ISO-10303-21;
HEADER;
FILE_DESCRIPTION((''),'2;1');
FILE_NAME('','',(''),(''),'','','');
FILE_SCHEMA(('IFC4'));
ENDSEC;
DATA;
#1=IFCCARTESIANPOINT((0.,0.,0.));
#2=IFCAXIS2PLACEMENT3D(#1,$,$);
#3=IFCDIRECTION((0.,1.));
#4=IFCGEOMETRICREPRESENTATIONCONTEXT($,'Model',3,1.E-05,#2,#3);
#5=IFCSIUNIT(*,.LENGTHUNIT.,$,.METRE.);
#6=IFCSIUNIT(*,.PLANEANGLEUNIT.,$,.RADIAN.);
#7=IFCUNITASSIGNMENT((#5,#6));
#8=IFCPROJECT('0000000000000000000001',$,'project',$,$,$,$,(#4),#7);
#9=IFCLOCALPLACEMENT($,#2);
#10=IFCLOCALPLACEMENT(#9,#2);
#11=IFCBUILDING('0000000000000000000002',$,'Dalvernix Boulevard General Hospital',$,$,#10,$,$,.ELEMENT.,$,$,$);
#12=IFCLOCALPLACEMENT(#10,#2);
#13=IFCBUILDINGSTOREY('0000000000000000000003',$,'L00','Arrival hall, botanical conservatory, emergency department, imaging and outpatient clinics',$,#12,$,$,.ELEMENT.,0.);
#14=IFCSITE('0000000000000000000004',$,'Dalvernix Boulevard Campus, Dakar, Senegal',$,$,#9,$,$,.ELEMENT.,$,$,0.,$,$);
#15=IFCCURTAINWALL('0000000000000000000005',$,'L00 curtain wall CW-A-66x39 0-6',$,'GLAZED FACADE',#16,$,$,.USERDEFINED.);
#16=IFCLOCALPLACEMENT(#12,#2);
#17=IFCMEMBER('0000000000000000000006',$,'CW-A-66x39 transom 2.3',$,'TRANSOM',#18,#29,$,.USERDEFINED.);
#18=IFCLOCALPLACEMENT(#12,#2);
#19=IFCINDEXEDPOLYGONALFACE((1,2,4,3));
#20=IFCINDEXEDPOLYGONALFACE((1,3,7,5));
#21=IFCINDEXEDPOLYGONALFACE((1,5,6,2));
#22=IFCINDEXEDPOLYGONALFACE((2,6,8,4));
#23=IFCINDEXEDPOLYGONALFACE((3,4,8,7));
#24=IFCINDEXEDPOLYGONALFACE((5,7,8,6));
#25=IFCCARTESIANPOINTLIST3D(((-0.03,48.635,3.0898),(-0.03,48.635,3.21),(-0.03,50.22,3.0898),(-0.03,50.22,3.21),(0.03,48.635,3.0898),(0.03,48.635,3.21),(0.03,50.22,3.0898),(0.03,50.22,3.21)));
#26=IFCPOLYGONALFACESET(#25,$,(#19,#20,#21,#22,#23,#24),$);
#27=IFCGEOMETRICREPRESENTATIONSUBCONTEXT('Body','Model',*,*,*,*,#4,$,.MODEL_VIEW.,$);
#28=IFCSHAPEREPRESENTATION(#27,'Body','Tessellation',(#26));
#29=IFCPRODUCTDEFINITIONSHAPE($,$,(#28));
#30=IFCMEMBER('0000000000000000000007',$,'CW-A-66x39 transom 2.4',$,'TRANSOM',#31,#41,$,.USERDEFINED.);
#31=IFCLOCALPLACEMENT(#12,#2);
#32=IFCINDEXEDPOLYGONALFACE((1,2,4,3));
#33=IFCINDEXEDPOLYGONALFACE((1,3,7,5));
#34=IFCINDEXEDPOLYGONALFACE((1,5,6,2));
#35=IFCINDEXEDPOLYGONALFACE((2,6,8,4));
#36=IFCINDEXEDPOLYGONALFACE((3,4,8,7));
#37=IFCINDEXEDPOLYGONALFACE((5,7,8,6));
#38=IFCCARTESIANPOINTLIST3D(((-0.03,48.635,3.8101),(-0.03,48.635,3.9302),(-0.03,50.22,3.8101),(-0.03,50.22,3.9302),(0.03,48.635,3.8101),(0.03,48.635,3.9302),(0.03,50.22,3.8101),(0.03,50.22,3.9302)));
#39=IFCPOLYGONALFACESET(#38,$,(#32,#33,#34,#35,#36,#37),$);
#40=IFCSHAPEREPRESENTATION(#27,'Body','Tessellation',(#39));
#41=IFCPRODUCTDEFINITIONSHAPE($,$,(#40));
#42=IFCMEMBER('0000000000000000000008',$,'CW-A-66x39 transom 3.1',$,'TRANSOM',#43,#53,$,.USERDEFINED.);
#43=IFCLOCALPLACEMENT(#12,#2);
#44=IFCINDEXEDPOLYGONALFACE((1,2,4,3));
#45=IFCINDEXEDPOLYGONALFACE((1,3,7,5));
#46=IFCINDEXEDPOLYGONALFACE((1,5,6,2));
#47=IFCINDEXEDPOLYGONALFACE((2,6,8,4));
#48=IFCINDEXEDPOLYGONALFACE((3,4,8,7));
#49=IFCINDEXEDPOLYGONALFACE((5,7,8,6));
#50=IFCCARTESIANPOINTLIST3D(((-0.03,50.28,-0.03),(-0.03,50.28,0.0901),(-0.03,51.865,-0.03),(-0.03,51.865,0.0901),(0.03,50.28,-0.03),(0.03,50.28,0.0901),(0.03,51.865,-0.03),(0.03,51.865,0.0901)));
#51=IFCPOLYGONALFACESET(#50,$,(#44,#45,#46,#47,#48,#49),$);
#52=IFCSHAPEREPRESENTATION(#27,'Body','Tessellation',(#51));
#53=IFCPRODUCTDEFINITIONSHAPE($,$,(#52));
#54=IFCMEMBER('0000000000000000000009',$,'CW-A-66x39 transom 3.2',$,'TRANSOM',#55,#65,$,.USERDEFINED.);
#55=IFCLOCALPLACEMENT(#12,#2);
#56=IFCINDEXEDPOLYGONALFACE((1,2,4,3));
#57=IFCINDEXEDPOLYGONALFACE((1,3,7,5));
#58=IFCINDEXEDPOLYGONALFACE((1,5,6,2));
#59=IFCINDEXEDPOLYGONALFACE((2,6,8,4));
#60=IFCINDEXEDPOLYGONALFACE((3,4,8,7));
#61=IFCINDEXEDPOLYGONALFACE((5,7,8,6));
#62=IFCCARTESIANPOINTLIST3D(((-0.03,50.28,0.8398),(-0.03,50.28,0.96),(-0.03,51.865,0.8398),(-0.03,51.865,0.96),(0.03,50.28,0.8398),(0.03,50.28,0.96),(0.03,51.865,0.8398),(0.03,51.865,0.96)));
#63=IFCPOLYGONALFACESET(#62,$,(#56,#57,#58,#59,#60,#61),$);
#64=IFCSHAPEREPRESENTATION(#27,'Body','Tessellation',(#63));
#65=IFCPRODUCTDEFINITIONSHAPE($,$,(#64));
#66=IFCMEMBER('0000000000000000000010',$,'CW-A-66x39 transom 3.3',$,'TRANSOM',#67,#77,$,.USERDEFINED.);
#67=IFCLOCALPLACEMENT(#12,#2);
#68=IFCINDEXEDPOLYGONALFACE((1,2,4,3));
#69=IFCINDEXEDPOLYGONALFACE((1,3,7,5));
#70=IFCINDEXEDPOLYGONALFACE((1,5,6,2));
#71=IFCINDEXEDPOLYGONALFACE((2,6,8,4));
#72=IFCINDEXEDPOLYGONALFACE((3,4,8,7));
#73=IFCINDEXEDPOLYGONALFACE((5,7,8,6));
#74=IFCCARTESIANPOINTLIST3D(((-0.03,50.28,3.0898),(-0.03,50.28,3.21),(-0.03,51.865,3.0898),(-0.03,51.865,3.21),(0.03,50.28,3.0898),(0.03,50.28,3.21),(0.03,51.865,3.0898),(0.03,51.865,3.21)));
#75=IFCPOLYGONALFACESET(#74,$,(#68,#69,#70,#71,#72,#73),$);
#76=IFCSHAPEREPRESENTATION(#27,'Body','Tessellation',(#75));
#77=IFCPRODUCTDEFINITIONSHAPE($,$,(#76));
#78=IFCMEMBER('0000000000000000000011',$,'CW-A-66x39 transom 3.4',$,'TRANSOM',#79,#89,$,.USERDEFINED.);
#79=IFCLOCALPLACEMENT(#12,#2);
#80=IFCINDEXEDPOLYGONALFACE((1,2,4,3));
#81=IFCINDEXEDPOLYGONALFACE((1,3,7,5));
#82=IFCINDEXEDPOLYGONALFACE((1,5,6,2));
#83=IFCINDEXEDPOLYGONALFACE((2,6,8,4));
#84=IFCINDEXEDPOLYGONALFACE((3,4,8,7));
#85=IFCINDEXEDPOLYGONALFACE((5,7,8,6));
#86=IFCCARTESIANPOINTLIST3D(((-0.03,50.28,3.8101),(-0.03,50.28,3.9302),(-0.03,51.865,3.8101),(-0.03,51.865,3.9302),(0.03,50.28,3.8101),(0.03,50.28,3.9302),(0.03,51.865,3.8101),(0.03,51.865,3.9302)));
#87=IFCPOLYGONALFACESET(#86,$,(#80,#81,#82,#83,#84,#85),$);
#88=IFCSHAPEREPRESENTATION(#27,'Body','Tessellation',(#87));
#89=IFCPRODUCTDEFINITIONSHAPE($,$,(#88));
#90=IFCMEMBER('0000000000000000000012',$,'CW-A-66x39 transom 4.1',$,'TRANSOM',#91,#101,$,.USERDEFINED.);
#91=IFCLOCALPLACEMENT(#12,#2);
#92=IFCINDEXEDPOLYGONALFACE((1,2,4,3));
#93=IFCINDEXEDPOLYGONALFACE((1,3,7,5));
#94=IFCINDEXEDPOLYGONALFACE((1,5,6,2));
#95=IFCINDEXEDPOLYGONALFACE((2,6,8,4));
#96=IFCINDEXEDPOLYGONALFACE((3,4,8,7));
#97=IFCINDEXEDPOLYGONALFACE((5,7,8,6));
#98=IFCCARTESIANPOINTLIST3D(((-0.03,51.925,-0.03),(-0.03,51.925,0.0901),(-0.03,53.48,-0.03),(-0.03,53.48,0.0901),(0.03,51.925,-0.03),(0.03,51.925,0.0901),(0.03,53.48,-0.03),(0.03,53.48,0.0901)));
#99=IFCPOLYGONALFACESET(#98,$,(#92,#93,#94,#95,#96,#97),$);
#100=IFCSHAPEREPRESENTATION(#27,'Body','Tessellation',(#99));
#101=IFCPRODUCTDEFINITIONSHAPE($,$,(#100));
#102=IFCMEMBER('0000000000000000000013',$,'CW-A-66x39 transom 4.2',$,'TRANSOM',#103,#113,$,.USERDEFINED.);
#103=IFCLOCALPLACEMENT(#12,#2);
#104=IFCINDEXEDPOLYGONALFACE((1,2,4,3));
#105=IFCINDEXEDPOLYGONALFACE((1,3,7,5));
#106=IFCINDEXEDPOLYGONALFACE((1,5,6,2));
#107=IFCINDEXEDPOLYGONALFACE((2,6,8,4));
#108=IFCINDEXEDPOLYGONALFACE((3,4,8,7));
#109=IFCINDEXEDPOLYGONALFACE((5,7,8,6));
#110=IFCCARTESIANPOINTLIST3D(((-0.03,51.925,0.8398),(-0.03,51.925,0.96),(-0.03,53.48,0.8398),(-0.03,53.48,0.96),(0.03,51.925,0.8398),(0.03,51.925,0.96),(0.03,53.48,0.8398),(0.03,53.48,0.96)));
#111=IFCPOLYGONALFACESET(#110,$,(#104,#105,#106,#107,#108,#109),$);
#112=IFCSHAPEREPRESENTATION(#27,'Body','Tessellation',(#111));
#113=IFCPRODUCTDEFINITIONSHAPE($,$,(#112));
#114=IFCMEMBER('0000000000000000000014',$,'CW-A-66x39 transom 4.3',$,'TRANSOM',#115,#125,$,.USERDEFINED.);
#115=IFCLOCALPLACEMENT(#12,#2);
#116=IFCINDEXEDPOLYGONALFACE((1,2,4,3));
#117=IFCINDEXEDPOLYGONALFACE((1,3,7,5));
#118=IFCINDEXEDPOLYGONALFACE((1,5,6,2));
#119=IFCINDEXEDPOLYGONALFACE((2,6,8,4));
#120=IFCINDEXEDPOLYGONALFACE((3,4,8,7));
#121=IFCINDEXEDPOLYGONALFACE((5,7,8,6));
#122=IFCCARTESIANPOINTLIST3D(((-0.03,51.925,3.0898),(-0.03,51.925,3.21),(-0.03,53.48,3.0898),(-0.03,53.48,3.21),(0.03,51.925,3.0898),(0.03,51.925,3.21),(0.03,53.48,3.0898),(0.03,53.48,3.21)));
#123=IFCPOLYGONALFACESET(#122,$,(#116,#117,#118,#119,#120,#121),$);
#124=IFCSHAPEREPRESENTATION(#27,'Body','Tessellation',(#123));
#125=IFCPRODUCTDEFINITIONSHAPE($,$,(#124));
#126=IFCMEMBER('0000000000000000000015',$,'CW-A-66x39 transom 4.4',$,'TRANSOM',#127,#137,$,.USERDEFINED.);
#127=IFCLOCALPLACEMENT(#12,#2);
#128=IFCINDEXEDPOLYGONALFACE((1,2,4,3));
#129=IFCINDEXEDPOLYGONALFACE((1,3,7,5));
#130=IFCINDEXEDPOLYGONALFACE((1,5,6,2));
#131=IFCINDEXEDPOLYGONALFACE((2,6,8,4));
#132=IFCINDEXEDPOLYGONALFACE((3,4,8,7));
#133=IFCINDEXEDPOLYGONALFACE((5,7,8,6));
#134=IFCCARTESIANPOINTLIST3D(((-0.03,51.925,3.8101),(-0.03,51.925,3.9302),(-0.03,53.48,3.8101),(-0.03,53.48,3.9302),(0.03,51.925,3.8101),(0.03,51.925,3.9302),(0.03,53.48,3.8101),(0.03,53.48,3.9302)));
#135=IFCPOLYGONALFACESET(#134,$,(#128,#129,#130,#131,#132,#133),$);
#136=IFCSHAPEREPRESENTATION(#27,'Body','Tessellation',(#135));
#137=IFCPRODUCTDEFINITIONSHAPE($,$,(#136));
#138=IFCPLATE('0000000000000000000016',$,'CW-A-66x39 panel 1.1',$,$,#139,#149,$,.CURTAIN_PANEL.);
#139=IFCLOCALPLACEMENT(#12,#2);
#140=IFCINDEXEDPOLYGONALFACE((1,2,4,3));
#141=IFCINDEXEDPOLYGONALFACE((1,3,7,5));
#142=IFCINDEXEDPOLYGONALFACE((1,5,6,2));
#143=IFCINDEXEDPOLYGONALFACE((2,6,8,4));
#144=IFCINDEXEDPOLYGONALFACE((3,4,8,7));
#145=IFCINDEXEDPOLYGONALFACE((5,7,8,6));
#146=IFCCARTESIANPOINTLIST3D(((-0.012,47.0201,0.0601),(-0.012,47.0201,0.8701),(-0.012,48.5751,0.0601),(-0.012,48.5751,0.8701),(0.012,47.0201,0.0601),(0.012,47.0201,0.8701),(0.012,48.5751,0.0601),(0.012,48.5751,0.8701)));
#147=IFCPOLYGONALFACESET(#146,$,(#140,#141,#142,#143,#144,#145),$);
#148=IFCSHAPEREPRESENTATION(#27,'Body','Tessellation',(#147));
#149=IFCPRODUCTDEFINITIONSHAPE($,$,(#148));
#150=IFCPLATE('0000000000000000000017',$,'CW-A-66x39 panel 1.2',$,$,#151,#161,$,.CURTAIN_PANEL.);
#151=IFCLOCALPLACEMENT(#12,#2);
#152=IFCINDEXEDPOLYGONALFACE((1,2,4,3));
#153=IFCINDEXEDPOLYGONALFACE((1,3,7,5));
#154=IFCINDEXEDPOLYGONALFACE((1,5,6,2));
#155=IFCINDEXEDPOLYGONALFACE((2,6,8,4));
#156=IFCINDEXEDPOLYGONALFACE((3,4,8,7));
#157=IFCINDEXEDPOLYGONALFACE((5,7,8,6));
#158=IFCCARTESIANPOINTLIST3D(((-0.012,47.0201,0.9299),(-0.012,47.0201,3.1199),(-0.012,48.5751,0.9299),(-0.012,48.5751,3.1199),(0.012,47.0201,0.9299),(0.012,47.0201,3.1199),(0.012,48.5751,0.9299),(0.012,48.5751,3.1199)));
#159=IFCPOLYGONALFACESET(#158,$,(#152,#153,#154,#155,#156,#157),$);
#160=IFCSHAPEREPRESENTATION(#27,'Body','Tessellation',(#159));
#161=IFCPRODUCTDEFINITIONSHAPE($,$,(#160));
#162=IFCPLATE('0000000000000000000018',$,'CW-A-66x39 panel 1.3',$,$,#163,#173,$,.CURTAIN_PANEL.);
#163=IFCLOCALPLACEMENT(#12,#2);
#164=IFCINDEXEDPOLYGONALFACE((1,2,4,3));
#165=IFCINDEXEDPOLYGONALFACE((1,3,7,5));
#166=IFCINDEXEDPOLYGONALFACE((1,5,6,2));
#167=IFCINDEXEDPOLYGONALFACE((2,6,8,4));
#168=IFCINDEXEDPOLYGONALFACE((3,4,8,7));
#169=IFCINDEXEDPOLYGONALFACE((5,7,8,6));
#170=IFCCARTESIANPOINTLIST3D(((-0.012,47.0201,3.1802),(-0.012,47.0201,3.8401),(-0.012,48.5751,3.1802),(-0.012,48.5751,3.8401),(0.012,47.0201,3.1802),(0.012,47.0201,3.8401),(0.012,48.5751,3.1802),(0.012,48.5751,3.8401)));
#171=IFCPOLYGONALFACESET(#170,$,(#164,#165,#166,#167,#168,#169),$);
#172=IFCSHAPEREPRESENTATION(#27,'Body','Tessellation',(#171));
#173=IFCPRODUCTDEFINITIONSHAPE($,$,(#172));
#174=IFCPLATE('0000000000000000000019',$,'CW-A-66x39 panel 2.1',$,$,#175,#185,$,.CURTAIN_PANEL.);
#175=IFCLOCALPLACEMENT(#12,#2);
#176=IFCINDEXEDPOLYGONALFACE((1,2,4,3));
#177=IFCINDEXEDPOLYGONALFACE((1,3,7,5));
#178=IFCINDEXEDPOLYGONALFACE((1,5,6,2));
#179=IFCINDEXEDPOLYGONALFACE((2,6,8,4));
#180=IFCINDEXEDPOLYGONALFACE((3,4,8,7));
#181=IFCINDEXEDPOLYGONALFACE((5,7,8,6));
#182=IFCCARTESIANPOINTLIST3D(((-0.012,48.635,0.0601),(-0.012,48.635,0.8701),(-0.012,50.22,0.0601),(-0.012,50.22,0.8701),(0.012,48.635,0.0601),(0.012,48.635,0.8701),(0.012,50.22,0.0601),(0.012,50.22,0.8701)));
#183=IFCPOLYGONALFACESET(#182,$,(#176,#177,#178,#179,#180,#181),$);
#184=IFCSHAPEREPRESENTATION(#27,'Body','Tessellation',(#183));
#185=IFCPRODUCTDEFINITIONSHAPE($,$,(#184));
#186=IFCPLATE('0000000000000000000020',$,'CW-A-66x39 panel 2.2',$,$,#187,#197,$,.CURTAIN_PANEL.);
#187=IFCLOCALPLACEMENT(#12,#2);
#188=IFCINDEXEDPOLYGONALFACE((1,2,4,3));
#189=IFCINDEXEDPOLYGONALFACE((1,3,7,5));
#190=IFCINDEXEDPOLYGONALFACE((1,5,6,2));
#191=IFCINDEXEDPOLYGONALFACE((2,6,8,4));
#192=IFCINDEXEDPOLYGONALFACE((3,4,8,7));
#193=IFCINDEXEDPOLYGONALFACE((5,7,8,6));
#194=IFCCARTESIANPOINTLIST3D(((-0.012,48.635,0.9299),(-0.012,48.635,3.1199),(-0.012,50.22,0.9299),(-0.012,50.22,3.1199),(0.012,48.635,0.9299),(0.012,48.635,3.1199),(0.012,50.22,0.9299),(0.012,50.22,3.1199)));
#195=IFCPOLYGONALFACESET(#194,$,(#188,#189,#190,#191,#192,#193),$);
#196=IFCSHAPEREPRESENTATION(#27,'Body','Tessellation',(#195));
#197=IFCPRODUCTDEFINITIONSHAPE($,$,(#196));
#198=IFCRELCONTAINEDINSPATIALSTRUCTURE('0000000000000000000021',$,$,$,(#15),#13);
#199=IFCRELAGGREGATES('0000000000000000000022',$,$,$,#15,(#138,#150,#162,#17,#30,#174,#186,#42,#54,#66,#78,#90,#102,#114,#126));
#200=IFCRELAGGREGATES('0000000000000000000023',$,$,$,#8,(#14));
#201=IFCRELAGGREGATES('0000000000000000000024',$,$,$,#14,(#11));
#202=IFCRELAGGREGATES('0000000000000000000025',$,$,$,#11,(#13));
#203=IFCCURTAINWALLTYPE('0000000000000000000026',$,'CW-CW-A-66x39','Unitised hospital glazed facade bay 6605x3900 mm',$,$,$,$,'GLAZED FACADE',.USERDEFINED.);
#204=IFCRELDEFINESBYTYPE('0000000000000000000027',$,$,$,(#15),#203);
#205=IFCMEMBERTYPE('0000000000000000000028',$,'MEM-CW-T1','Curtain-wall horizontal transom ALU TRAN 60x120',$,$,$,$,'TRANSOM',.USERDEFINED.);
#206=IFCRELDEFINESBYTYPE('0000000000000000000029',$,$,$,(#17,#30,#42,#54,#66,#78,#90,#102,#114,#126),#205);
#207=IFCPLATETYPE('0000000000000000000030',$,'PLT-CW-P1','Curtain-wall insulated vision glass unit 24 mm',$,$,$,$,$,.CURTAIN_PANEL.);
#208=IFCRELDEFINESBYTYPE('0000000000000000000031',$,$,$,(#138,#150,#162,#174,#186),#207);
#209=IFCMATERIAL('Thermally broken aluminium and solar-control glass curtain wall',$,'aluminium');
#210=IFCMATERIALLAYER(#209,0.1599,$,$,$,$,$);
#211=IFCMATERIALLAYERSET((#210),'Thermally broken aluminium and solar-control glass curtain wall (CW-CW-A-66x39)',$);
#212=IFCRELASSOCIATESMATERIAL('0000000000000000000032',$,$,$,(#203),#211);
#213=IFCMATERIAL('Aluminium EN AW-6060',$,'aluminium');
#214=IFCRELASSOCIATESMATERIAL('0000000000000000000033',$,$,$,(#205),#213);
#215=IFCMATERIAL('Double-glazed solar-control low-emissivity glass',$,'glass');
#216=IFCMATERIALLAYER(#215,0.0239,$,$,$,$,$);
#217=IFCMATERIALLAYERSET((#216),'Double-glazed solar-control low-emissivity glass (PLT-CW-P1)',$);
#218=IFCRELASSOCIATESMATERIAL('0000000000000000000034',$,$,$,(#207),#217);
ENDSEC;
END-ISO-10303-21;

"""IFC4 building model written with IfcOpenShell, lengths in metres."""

from ifc_helpers import new_model, si_unit, direction, frame, origin, origin_2d, place, context, subcontext, project, spatial, rectangle, extrude, material, layer, layer_set, material_profile, profile_set, type_object, element, aggregate, save


model = new_model("IFC4")

# Units and contexts
model_context = context("Model", 3, precision=1e-05, world=origin(), true_north=direction((0.0, 1.0)))
body_context = subcontext(model_context, "Body", "Model", "MODEL_VIEW")
ifc_project = project(units=[si_unit("LENGTHUNIT", "METRE"), si_unit("PLANEANGLEUNIT", "RADIAN")], contexts=[model_context])

# Site, building, storey
site_placement = place(None, origin())
site = spatial("IfcSite", under=ifc_project, at=site_placement, Name="Dalvernix Boulevard Campus, Dakar, Senegal", CompositionType="ELEMENT", RefElevation=0.0)
building_placement = place(site_placement, origin())
building = spatial("IfcBuilding", under=site, at=building_placement, Name="Dalvernix Boulevard General Hospital", CompositionType="ELEMENT")
storey_placement = place(building_placement, origin())
storey = spatial("IfcBuildingStorey", under=building, at=storey_placement, Name="L00", Description="Arrival hall, botanical conservatory, emergency department, imaging and outpatient clinics", CompositionType="ELEMENT", Elevation=0.0)

# Curtain wall, members, plates
ifc_material_1 = material(Name="Thermally broken aluminium and solar-control glass curtain wall", Category="aluminium")
ifc_layer_1 = layer(ifc_material_1, 0.1599)
ifc_layer_set_1 = layer_set([ifc_layer_1], Name="Thermally broken aluminium and solar-control glass curtain wall (CW-CW-A-66x39)")
curtain_wall_type = type_object("IfcCurtainWallType", Name="CW-CW-A-66x39", Description="Unitised hospital glazed facade bay 6605x3900 mm", ElementType="GLAZED FACADE", PredefinedType="USERDEFINED", material=ifc_layer_set_1)
curtain_wall_placement = place(storey_placement, origin())
curtain_wall = element("IfcCurtainWall", 1, at=curtain_wall_placement, inside=storey, type_object=curtain_wall_type, Name="L00 curtain wall CW-A-66x39 0-6", ObjectType="GLAZED FACADE", PredefinedType="USERDEFINED")
ifc_material_2 = material(Name="Aluminium EN AW-6060", Category="aluminium")
ifc_material_profile_1 = material_profile(ifc_material_2, rectangle(XDim=0.0601, YDim=0.1201, at=origin_2d()), Name="ALU TRAN 60x120")
ifc_profile_set_1 = profile_set([ifc_material_profile_1], Name="Aluminium EN AW-6060")
member_type_1 = type_object("IfcMemberType", Name="MEM-CW-T1", Description="Curtain-wall horizontal transom ALU TRAN 60x120", ElementType="TRANSOM", PredefinedType="USERDEFINED", material=ifc_profile_set_1)
member_1_placement = place(storey_placement, frame((0.0, 48.635, 3.1499), z_axis=(0.0, 1.0, 0.0), x_axis=(-1.0, 0.0, 0.0)))
member_1 = element("IfcMember", 2, at=member_1_placement, type_object=member_type_1, Name="CW-A-66x39 transom 2.3", ObjectType="TRANSOM", PredefinedType="USERDEFINED", context=body_context, shape_type="SweptSolid", body=[
    extrude(rectangle(XDim=0.0601, YDim=0.1201, at=origin_2d()), origin(), (0.0, 0.0, 1.0), 1.585),
])
member_2_placement = place(storey_placement, frame((0.0, 48.635, 3.8701), z_axis=(0.0, 1.0, 0.0), x_axis=(-1.0, 0.0, 0.0)))
member_2 = element("IfcMember", 3, at=member_2_placement, type_object=member_type_1, Name="CW-A-66x39 transom 2.4", ObjectType="TRANSOM", PredefinedType="USERDEFINED", context=body_context, shape_type="SweptSolid", body=[
    extrude(rectangle(XDim=0.0601, YDim=0.1201, at=origin_2d()), origin(), (0.0, 0.0, 1.0), 1.585),
])
member_3_placement = place(storey_placement, frame((0.0, 50.28, 0.03), z_axis=(0.0, 1.0, 0.0), x_axis=(-1.0, 0.0, 0.0)))
member_3 = element("IfcMember", 4, at=member_3_placement, type_object=member_type_1, Name="CW-A-66x39 transom 3.1", ObjectType="TRANSOM", PredefinedType="USERDEFINED", context=body_context, shape_type="SweptSolid", body=[
    extrude(rectangle(XDim=0.0601, YDim=0.1201, at=origin_2d()), origin(), (0.0, 0.0, 1.0), 1.585),
])
member_4_placement = place(storey_placement, frame((0.0, 50.28, 0.8999), z_axis=(0.0, 1.0, 0.0), x_axis=(-1.0, 0.0, 0.0)))
member_4 = element("IfcMember", 5, at=member_4_placement, type_object=member_type_1, Name="CW-A-66x39 transom 3.2", ObjectType="TRANSOM", PredefinedType="USERDEFINED", context=body_context, shape_type="SweptSolid", body=[
    extrude(rectangle(XDim=0.0601, YDim=0.1201, at=origin_2d()), origin(), (0.0, 0.0, 1.0), 1.585),
])
member_5_placement = place(storey_placement, frame((0.0, 50.28, 3.1499), z_axis=(0.0, 1.0, 0.0), x_axis=(-1.0, 0.0, 0.0)))
member_5 = element("IfcMember", 6, at=member_5_placement, type_object=member_type_1, Name="CW-A-66x39 transom 3.3", ObjectType="TRANSOM", PredefinedType="USERDEFINED", context=body_context, shape_type="SweptSolid", body=[
    extrude(rectangle(XDim=0.0601, YDim=0.1201, at=origin_2d()), origin(), (0.0, 0.0, 1.0), 1.585),
])
member_6_placement = place(storey_placement, frame((0.0, 50.28, 3.8701), z_axis=(0.0, 1.0, 0.0), x_axis=(-1.0, 0.0, 0.0)))
member_6 = element("IfcMember", 7, at=member_6_placement, type_object=member_type_1, Name="CW-A-66x39 transom 3.4", ObjectType="TRANSOM", PredefinedType="USERDEFINED", context=body_context, shape_type="SweptSolid", body=[
    extrude(rectangle(XDim=0.0601, YDim=0.1201, at=origin_2d()), origin(), (0.0, 0.0, 1.0), 1.585),
])
member_7_placement = place(storey_placement, frame((0.0, 51.925, 0.03), z_axis=(0.0, 1.0, 0.0), x_axis=(-1.0, 0.0, 0.0)))
member_7 = element("IfcMember", 8, at=member_7_placement, type_object=member_type_1, Name="CW-A-66x39 transom 4.1", ObjectType="TRANSOM", PredefinedType="USERDEFINED", context=body_context, shape_type="SweptSolid", body=[
    extrude(rectangle(XDim=0.0601, YDim=0.1201, at=origin_2d()), origin(), (0.0, 0.0, 1.0), 1.5549),
])
member_8_placement = place(storey_placement, frame((0.0, 51.925, 0.8999), z_axis=(0.0, 1.0, 0.0), x_axis=(-1.0, 0.0, 0.0)))
member_8 = element("IfcMember", 9, at=member_8_placement, type_object=member_type_1, Name="CW-A-66x39 transom 4.2", ObjectType="TRANSOM", PredefinedType="USERDEFINED", context=body_context, shape_type="SweptSolid", body=[
    extrude(rectangle(XDim=0.0601, YDim=0.1201, at=origin_2d()), origin(), (0.0, 0.0, 1.0), 1.5549),
])
member_9_placement = place(storey_placement, frame((0.0, 51.925, 3.1499), z_axis=(0.0, 1.0, 0.0), x_axis=(-1.0, 0.0, 0.0)))
member_9 = element("IfcMember", 10, at=member_9_placement, type_object=member_type_1, Name="CW-A-66x39 transom 4.3", ObjectType="TRANSOM", PredefinedType="USERDEFINED", context=body_context, shape_type="SweptSolid", body=[
    extrude(rectangle(XDim=0.0601, YDim=0.1201, at=origin_2d()), origin(), (0.0, 0.0, 1.0), 1.5549),
])
member_10_placement = place(storey_placement, frame((0.0, 51.925, 3.8701), z_axis=(0.0, 1.0, 0.0), x_axis=(-1.0, 0.0, 0.0)))
member_10 = element("IfcMember", 11, at=member_10_placement, type_object=member_type_1, Name="CW-A-66x39 transom 4.4", ObjectType="TRANSOM", PredefinedType="USERDEFINED", context=body_context, shape_type="SweptSolid", body=[
    extrude(rectangle(XDim=0.0601, YDim=0.1201, at=origin_2d()), origin(), (0.0, 0.0, 1.0), 1.5549),
])
ifc_material_3 = material(Name="Double-glazed solar-control low-emissivity glass", Category="glass")
ifc_layer_2 = layer(ifc_material_3, 0.0239)
ifc_layer_set_2 = layer_set([ifc_layer_2], Name="Double-glazed solar-control low-emissivity glass (PLT-CW-P1)")
plate_type = type_object("IfcPlateType", Name="PLT-CW-P1", Description="Curtain-wall insulated vision glass unit 24 mm", PredefinedType="CURTAIN_PANEL", material=ifc_layer_set_2)
plate_1_placement = place(storey_placement, frame((0.0, 47.7976, 0.0601), z_axis=(0.0, 0.0, 1.0), x_axis=(0.0, 1.0, 0.0)))
plate_1 = element("IfcPlate", 12, at=plate_1_placement, type_object=plate_type, Name="CW-A-66x39 panel 1.1", PredefinedType="CURTAIN_PANEL", context=body_context, shape_type="SweptSolid", body=[
    extrude(rectangle(XDim=1.5549, YDim=0.0239, at=origin_2d()), origin(), (0.0, 0.0, 1.0), 0.8101),
])
plate_2_placement = place(storey_placement, frame((0.0, 47.7976, 0.9299), z_axis=(0.0, 0.0, 1.0), x_axis=(0.0, 1.0, 0.0)))
plate_2 = element("IfcPlate", 13, at=plate_2_placement, type_object=plate_type, Name="CW-A-66x39 panel 1.2", PredefinedType="CURTAIN_PANEL", context=body_context, shape_type="SweptSolid", body=[
    extrude(rectangle(XDim=1.5549, YDim=0.0239, at=origin_2d()), origin(), (0.0, 0.0, 1.0), 2.1899),
])
plate_3_placement = place(storey_placement, frame((0.0, 47.7976, 3.1802), z_axis=(0.0, 0.0, 1.0), x_axis=(0.0, 1.0, 0.0)))
plate_3 = element("IfcPlate", 14, at=plate_3_placement, type_object=plate_type, Name="CW-A-66x39 panel 1.3", PredefinedType="CURTAIN_PANEL", context=body_context, shape_type="SweptSolid", body=[
    extrude(rectangle(XDim=1.5549, YDim=0.0239, at=origin_2d()), origin(), (0.0, 0.0, 1.0), 0.6599),
])
plate_4_placement = place(storey_placement, frame((0.0, 49.4275, 0.0601), z_axis=(0.0, 0.0, 1.0), x_axis=(0.0, 1.0, 0.0)))
plate_4 = element("IfcPlate", 15, at=plate_4_placement, type_object=plate_type, Name="CW-A-66x39 panel 2.1", PredefinedType="CURTAIN_PANEL", context=body_context, shape_type="SweptSolid", body=[
    extrude(rectangle(XDim=1.585, YDim=0.0239, at=origin_2d()), origin(), (0.0, 0.0, 1.0), 0.8101),
])
plate_5_placement = place(storey_placement, frame((0.0, 49.4275, 0.9299), z_axis=(0.0, 0.0, 1.0), x_axis=(0.0, 1.0, 0.0)))
plate_5 = element("IfcPlate", 16, at=plate_5_placement, type_object=plate_type, Name="CW-A-66x39 panel 2.2", PredefinedType="CURTAIN_PANEL", context=body_context, shape_type="SweptSolid", body=[
    extrude(rectangle(XDim=1.585, YDim=0.0239, at=origin_2d()), origin(), (0.0, 0.0, 1.0), 2.1899),
])
aggregate(curtain_wall, [plate_1, plate_2, plate_3, member_1, member_2, plate_4, plate_5, member_3, member_4, member_5, member_6, member_7, member_8, member_9, member_10])

save(model, "model.ifc")
